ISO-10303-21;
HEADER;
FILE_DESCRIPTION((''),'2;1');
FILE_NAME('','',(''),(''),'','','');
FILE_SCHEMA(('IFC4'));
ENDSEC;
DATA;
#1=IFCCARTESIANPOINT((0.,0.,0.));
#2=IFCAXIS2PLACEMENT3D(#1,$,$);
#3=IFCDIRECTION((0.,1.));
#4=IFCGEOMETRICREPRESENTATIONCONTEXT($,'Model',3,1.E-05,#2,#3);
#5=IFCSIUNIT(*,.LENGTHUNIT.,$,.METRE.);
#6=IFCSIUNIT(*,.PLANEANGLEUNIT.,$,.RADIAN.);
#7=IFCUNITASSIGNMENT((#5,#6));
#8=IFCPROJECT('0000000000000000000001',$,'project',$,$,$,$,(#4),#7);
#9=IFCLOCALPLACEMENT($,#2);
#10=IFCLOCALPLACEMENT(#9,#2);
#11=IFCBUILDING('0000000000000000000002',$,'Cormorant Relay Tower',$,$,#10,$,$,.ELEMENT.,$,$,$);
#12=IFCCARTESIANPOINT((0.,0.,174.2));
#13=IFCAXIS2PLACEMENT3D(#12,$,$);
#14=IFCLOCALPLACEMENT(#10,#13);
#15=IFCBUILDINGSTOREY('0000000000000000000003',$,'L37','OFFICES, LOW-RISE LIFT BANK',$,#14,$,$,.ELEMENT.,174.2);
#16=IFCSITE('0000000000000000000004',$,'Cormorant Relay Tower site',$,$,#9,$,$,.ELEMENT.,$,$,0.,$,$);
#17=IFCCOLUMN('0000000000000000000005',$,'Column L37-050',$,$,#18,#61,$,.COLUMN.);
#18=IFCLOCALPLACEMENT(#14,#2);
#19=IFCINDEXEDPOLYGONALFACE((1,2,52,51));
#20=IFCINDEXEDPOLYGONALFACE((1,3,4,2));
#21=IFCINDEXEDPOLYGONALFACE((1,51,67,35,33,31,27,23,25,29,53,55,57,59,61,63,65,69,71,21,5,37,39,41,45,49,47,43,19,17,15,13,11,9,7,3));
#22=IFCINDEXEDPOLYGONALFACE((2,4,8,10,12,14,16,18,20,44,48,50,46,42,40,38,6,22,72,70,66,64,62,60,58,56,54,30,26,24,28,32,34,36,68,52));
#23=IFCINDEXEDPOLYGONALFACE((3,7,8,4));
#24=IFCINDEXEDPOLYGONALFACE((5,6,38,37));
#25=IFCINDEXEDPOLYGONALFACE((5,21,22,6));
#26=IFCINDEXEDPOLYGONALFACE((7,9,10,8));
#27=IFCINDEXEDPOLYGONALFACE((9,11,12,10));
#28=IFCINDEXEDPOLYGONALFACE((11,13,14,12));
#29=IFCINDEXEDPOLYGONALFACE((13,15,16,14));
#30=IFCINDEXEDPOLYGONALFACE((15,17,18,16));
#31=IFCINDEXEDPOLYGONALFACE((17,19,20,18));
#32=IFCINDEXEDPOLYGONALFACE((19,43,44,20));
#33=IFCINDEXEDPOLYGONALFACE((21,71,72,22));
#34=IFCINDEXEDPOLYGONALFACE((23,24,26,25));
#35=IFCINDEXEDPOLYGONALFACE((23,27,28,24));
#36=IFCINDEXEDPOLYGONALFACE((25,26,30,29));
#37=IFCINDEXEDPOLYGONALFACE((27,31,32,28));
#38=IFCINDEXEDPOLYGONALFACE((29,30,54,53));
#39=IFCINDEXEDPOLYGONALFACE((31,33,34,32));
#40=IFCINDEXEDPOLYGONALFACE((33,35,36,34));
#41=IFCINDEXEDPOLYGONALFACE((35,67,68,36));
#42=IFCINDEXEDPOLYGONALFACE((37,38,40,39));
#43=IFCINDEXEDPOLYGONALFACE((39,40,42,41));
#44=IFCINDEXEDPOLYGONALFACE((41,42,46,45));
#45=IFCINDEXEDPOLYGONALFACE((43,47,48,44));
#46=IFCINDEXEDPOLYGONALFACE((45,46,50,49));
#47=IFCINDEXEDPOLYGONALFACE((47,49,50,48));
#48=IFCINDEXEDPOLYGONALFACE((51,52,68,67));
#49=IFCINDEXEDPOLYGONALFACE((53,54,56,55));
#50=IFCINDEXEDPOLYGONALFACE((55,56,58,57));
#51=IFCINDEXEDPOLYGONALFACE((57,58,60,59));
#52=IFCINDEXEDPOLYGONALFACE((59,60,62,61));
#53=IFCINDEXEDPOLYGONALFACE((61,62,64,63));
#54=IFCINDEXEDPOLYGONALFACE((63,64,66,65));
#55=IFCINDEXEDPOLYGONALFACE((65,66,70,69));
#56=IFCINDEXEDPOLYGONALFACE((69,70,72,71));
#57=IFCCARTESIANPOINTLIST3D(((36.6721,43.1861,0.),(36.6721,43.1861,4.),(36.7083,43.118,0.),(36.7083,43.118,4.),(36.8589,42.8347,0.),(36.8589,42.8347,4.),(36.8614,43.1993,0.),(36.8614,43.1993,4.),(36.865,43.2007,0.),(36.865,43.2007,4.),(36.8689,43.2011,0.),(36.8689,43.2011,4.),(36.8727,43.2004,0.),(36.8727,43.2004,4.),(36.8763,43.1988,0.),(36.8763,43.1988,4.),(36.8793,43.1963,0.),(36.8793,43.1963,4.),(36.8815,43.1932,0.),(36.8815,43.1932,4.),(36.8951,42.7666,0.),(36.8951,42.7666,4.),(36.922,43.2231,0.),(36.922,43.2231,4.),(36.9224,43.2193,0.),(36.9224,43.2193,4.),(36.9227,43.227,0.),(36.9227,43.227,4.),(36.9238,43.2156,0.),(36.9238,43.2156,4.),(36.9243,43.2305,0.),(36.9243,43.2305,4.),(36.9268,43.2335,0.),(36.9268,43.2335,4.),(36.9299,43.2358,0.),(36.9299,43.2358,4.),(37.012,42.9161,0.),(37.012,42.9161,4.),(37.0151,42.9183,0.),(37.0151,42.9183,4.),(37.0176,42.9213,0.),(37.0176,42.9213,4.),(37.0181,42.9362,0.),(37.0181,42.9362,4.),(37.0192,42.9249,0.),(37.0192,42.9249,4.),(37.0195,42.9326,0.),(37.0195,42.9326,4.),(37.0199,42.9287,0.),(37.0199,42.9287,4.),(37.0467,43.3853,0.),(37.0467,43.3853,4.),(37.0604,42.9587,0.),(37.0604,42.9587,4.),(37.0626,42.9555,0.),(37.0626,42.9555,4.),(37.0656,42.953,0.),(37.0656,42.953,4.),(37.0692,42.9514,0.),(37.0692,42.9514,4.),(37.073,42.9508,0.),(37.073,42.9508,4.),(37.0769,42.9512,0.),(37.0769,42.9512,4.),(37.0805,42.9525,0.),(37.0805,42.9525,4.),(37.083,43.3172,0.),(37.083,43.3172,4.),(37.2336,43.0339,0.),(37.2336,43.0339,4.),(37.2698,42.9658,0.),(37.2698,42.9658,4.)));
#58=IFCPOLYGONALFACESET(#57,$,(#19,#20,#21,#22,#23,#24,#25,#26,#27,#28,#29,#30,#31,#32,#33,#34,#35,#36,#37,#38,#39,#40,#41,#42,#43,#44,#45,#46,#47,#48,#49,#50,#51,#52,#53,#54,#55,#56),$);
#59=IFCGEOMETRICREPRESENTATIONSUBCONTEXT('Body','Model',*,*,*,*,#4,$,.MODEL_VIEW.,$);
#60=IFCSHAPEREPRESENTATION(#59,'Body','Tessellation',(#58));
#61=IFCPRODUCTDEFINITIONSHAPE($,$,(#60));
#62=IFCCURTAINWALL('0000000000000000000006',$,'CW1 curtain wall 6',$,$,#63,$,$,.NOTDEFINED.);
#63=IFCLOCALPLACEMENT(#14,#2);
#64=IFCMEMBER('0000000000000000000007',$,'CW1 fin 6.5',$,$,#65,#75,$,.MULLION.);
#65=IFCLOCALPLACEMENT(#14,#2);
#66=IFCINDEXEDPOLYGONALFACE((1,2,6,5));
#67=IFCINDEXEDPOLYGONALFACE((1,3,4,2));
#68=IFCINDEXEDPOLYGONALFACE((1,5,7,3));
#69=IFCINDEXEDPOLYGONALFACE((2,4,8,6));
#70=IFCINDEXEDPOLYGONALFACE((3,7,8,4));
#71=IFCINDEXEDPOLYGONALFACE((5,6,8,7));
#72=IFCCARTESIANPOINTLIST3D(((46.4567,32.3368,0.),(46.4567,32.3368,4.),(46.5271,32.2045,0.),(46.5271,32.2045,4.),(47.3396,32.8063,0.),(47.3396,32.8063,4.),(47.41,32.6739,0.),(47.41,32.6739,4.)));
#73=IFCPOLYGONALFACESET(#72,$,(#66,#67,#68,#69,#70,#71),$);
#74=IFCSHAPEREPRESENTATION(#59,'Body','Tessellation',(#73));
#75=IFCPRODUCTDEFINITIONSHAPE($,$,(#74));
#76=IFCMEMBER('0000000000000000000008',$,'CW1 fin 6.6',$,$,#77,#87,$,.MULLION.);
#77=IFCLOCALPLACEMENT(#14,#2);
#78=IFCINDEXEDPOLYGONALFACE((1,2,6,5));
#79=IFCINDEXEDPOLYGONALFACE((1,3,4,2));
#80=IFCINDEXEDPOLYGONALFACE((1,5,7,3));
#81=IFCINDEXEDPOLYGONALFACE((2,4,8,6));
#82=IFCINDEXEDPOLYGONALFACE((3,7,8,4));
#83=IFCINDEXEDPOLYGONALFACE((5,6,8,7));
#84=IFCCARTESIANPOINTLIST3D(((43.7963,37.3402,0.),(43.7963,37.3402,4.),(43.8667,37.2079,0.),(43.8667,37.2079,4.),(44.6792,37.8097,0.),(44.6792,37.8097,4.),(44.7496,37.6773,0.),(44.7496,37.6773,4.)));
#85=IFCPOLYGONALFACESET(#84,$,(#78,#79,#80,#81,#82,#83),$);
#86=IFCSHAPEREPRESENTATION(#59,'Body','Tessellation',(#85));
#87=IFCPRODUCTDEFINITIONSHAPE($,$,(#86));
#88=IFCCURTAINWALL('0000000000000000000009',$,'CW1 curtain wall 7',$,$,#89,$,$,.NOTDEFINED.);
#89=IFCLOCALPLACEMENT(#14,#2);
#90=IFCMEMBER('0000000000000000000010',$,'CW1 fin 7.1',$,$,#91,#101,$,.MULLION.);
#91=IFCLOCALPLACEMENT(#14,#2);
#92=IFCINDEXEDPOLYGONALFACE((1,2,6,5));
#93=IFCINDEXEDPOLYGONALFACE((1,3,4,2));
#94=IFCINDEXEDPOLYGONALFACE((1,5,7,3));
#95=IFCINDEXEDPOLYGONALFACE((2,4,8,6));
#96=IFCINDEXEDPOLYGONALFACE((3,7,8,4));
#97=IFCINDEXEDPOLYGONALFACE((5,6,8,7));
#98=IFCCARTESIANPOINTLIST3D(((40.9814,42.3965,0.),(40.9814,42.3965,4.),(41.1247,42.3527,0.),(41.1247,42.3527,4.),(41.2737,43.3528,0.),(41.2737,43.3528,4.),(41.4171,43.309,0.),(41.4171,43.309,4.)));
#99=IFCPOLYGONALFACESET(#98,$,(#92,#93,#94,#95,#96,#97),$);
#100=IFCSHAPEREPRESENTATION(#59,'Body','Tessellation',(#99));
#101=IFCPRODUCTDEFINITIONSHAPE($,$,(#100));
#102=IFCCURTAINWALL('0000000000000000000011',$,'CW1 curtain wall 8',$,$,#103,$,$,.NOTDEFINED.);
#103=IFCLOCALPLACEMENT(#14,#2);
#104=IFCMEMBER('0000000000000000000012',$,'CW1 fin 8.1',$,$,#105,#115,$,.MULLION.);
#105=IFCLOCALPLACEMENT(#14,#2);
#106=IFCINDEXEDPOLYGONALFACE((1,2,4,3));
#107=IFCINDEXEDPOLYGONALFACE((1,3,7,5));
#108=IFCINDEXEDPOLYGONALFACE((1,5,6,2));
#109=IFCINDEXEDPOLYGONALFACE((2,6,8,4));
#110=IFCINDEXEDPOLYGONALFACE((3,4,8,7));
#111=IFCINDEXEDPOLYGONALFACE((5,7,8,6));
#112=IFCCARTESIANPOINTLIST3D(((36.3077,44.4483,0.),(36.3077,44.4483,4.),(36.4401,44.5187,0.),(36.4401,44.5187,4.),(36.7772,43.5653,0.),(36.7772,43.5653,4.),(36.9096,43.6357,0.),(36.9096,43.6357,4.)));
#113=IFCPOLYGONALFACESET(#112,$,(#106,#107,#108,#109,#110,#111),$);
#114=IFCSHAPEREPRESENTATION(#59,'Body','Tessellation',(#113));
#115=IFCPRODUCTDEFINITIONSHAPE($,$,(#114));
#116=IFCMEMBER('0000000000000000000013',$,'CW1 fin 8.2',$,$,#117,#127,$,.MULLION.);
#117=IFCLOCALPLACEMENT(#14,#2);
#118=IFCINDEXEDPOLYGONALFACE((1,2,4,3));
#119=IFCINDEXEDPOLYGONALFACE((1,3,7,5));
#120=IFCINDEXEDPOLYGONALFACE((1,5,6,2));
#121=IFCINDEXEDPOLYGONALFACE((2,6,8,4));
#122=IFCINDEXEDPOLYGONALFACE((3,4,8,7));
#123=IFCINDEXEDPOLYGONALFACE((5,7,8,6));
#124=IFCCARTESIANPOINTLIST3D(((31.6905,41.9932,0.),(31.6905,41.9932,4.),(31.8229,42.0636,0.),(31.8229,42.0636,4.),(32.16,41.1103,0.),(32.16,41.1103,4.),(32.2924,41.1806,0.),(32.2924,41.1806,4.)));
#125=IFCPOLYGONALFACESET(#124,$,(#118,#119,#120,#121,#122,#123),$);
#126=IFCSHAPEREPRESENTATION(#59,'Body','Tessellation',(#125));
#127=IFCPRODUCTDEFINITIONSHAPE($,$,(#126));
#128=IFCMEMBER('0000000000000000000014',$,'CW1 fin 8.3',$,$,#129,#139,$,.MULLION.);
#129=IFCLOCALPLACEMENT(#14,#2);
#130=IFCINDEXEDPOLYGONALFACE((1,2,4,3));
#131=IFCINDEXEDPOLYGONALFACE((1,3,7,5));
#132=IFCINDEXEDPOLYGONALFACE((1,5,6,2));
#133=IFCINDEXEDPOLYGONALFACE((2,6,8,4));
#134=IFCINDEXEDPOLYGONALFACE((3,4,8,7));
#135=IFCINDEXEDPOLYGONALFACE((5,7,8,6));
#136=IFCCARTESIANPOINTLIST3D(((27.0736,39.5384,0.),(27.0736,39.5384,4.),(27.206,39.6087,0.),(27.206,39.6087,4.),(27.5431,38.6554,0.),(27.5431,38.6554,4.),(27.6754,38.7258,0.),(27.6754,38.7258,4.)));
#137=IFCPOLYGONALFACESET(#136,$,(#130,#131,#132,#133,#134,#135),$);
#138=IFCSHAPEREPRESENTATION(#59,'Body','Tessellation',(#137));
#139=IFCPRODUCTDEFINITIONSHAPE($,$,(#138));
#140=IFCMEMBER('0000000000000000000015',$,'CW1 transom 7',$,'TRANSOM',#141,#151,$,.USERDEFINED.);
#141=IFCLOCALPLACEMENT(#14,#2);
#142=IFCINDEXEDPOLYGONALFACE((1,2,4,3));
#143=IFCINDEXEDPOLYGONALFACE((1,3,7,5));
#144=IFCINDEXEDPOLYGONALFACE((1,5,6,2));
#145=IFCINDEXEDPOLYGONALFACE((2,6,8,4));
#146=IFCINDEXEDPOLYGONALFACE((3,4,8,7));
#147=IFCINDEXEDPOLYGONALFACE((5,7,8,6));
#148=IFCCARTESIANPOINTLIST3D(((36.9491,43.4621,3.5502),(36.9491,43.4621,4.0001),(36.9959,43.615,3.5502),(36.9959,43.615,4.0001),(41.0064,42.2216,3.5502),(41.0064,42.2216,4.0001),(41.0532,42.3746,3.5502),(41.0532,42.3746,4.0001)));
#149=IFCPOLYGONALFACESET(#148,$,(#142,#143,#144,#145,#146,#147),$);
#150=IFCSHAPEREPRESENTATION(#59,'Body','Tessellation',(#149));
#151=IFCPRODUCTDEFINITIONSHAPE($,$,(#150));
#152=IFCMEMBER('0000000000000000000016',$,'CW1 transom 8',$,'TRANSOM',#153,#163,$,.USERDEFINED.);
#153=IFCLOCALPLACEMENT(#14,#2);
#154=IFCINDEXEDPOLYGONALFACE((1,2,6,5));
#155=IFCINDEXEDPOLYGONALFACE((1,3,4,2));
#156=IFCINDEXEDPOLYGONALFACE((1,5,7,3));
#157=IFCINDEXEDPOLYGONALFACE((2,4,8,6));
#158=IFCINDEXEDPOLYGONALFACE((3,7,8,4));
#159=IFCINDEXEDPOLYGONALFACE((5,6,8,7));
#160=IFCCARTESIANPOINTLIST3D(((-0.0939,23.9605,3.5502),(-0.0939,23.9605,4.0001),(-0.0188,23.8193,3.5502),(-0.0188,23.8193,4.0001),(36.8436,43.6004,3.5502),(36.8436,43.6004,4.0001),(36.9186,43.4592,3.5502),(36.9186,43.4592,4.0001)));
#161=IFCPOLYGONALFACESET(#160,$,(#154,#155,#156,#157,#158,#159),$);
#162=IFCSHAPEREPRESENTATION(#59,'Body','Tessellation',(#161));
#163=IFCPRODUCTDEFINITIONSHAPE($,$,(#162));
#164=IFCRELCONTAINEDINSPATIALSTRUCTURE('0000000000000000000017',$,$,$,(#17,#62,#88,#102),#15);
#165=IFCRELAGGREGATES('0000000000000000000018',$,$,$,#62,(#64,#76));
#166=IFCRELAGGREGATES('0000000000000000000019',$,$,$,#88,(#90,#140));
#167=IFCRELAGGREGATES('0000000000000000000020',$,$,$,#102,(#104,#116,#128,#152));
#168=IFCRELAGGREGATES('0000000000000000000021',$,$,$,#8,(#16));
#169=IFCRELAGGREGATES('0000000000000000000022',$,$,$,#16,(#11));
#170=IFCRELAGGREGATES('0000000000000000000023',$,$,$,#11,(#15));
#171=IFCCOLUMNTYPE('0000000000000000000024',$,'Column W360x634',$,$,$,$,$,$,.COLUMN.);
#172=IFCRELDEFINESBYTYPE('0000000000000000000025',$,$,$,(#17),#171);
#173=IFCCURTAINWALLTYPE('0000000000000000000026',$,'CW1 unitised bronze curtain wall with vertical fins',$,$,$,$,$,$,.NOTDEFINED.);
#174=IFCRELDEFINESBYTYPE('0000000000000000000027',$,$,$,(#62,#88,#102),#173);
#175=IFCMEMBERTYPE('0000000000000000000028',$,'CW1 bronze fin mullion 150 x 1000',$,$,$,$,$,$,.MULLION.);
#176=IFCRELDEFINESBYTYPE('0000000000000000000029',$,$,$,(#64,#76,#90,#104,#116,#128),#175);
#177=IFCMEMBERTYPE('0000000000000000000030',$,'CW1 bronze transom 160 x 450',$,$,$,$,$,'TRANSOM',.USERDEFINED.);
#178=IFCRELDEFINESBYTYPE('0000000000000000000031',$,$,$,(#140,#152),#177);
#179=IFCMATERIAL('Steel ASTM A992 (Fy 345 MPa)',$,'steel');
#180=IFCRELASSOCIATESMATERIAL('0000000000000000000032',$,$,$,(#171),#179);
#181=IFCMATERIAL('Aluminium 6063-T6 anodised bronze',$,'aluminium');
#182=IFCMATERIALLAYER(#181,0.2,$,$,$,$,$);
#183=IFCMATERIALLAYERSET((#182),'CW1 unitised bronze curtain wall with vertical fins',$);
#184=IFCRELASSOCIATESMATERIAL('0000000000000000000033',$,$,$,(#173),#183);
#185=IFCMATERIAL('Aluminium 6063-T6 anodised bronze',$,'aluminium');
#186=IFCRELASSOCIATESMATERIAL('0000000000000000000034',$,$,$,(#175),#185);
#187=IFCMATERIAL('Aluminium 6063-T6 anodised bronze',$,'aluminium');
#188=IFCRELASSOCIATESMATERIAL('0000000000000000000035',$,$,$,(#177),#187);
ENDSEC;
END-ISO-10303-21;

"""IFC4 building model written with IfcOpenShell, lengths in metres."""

from ifc_helpers import new_model, si_unit, direction, frame, origin, origin_2d, place, context, subcontext, project, spatial, rectangle, i_section, extrude, material, layer, layer_set, material_profile, profile_set, type_object, element, aggregate, save


model = new_model("IFC4")

# Units and contexts
model_context = context("Model", 3, precision=1e-05, world=origin(), true_north=direction((0.0, 1.0)))
body_context = subcontext(model_context, "Body", "Model", "MODEL_VIEW")
ifc_project = project(units=[si_unit("LENGTHUNIT", "METRE"), si_unit("PLANEANGLEUNIT", "RADIAN")], contexts=[model_context])

# Site, building, storey
site_placement = place(None, origin())
site = spatial("IfcSite", under=ifc_project, at=site_placement, Name="Cormorant Relay Tower site", CompositionType="ELEMENT", RefElevation=0.0)
building_placement = place(site_placement, origin())
building = spatial("IfcBuilding", under=site, at=building_placement, Name="Cormorant Relay Tower", CompositionType="ELEMENT")
storey_placement = place(building_placement, frame((0.0, 0.0, 174.2)))
storey = spatial("IfcBuildingStorey", under=building, at=storey_placement, Name="L37", Description="OFFICES, LOW-RISE LIFT BANK", CompositionType="ELEMENT", Elevation=174.2)

# Column
ifc_material_1 = material(Name="Steel ASTM A992 (Fy 345 MPa)", Category="steel")
ifc_material_profile_1 = material_profile(ifc_material_1, i_section(OverallWidth=0.4243, OverallDepth=0.4751, WebThickness=0.0479, FlangeThickness=0.0771, FilletRadius=0.0149, at=origin_2d()), Name="W360x634")
ifc_profile_set_1 = profile_set([ifc_material_profile_1], Name="Steel ASTM A992 (Fy 345 MPa)")
column_type_1 = type_object("IfcColumnType", Name="Column W360x634", PredefinedType="COLUMN", material=ifc_profile_set_1)
for number, where, z_axis, x_axis, name in (
    (1, (36.9709, 43.0759, 0.0), (0.0, 0.0, 1.0), (-0.882948, -0.469472, 0.0), "Column L37-050"),
):
    element("IfcColumn", number, at=place(storey_placement, frame(where, z_axis=z_axis, x_axis=x_axis)), inside=storey, type_object=column_type_1, Name=name, PredefinedType="COLUMN", context=body_context, shape_type="SweptSolid", body=[
        extrude(i_section(OverallWidth=0.4243, OverallDepth=0.4751, WebThickness=0.0479, FlangeThickness=0.0771, FilletRadius=0.0149, at=origin_2d()), origin(), (0.0, 0.0, 1.0), 4.0),
    ])

# Curtain wall, members
ifc_material_2 = material(Name="Aluminium 6063-T6 anodised bronze", Category="aluminium")
ifc_layer_1 = layer(ifc_material_2, 0.2)
ifc_layer_set_1 = layer_set([ifc_layer_1], Name="CW1 unitised bronze curtain wall with vertical fins")
curtain_wall_type = type_object("IfcCurtainWallType", Name="CW1 unitised bronze curtain wall with vertical fins", PredefinedType="NOTDEFINED", material=ifc_layer_set_1)
curtain_wall_1_placement = place(storey_placement, origin())
curtain_wall_1 = element("IfcCurtainWall", 2, at=curtain_wall_1_placement, inside=storey, type_object=curtain_wall_type, Name="CW1 curtain wall 6", PredefinedType="NOTDEFINED")
ifc_material_3 = material(Name="Aluminium 6063-T6 anodised bronze", Category="aluminium")
ifc_material_profile_2 = material_profile(ifc_material_3, rectangle(XDim=0.1499, YDim=1.0, at=origin_2d()), Name="AL 150x1000")
ifc_profile_set_2 = profile_set([ifc_material_profile_2], Name="Aluminium 6063-T6 anodised bronze")
member_type_1 = type_object("IfcMemberType", Name="CW1 bronze fin mullion 150 x 1000", PredefinedType="MULLION", material=ifc_profile_set_2)
member_1_placement = place(storey_placement, frame((46.9333, 32.5054, 0.0), z_axis=(0.0, 0.0, 1.0), x_axis=(-0.469472, 0.882948, 0.0)))
member_1 = element("IfcMember", 3, at=member_1_placement, type_object=member_type_1, Name="CW1 fin 6.5", PredefinedType="MULLION", context=body_context, shape_type="SweptSolid", body=[
    extrude(rectangle(XDim=0.1499, YDim=1.0, at=origin_2d()), origin(), (0.0, 0.0, 1.0), 4.0),
])
member_2_placement = place(storey_placement, frame((44.2729, 37.5088, 0.0), z_axis=(0.0, 0.0, 1.0), x_axis=(-0.469472, 0.882948, 0.0)))
member_2 = element("IfcMember", 4, at=member_2_placement, type_object=member_type_1, Name="CW1 fin 6.6", PredefinedType="MULLION", context=body_context, shape_type="SweptSolid", body=[
    extrude(rectangle(XDim=0.1499, YDim=1.0, at=origin_2d()), origin(), (0.0, 0.0, 1.0), 4.0),
])

# Curtain wall, member
curtain_wall_2_placement = place(storey_placement, origin())
curtain_wall_2 = element("IfcCurtainWall", 5, at=curtain_wall_2_placement, inside=storey, type_object=curtain_wall_type, Name="CW1 curtain wall 7", PredefinedType="NOTDEFINED")
member_3_placement = place(storey_placement, frame((41.1992, 42.8528, 0.0), z_axis=(0.0, 0.0, 1.0), x_axis=(-0.956305, 0.292372, 0.0)))
member_3 = element("IfcMember", 6, at=member_3_placement, type_object=member_type_1, Name="CW1 fin 7.1", PredefinedType="MULLION", context=body_context, shape_type="SweptSolid", body=[
    extrude(rectangle(XDim=0.1499, YDim=1.0, at=origin_2d()), origin(), (0.0, 0.0, 1.0), 4.0),
])

# Curtain wall, members
curtain_wall_3_placement = place(storey_placement, origin())
curtain_wall_3 = element("IfcCurtainWall", 7, at=curtain_wall_3_placement, inside=storey, type_object=curtain_wall_type, Name="CW1 curtain wall 8", PredefinedType="NOTDEFINED")
member_4_placement = place(storey_placement, frame((36.6086, 44.042, 0.0), z_axis=(0.0, 0.0, 1.0), x_axis=(-0.882948, -0.469472, 0.0)))
member_4 = element("IfcMember", 8, at=member_4_placement, type_object=member_type_1, Name="CW1 fin 8.1", PredefinedType="MULLION", context=body_context, shape_type="SweptSolid", body=[
    extrude(rectangle(XDim=0.1499, YDim=1.0, at=origin_2d()), origin(), (0.0, 0.0, 1.0), 4.0),
])
member_5_placement = place(storey_placement, frame((31.9915, 41.5869, 0.0), z_axis=(0.0, 0.0, 1.0), x_axis=(-0.882948, -0.469472, 0.0)))
member_5 = element("IfcMember", 9, at=member_5_placement, type_object=member_type_1, Name="CW1 fin 8.2", PredefinedType="MULLION", context=body_context, shape_type="SweptSolid", body=[
    extrude(rectangle(XDim=0.1499, YDim=1.0, at=origin_2d()), origin(), (0.0, 0.0, 1.0), 4.0),
])
member_6_placement = place(storey_placement, frame((27.3745, 39.1321, 0.0), z_axis=(0.0, 0.0, 1.0), x_axis=(-0.882948, -0.469472, 0.0)))
member_6 = element("IfcMember", 10, at=member_6_placement, type_object=member_type_1, Name="CW1 fin 8.3", PredefinedType="MULLION", context=body_context, shape_type="SweptSolid", body=[
    extrude(rectangle(XDim=0.1499, YDim=1.0, at=origin_2d()), origin(), (0.0, 0.0, 1.0), 4.0),
])

# Members
ifc_material_4 = material(Name="Aluminium 6063-T6 anodised bronze", Category="aluminium")
ifc_material_profile_3 = material_profile(ifc_material_4, rectangle(XDim=0.1599, YDim=0.45, at=origin_2d()), Name="AL 160x450")
ifc_profile_set_3 = profile_set([ifc_material_profile_3], Name="Aluminium 6063-T6 anodised bronze")
member_type_2 = type_object("IfcMemberType", Name="CW1 bronze transom 160 x 450", ElementType="TRANSOM", PredefinedType="USERDEFINED", material=ifc_profile_set_3)
member_7_placement = place(storey_placement, frame((41.0298, 42.2981, 3.7751), z_axis=(-0.956304, 0.292375, 0.0), x_axis=(-0.292375, -0.956304, 0.0)))
member_7 = element("IfcMember", 11, at=member_7_placement, type_object=member_type_2, Name="CW1 transom 7", ObjectType="TRANSOM", PredefinedType="USERDEFINED", context=body_context, shape_type="SweptSolid", body=[
    extrude(rectangle(XDim=0.1599, YDim=0.45, at=origin_2d()), origin(), (0.0, 0.0, 1.0), 4.2427),
])
member_8_placement = place(storey_placement, frame((36.8811, 43.5298, 3.7751), z_axis=(-0.882949, -0.469469, 0.0), x_axis=(0.469469, -0.882949, 0.0)))
member_8 = element("IfcMember", 12, at=member_8_placement, type_object=member_type_2, Name="CW1 transom 8", ObjectType="TRANSOM", PredefinedType="USERDEFINED", context=body_context, shape_type="SweptSolid", body=[
    extrude(rectangle(XDim=0.1599, YDim=0.45, at=origin_2d()), origin(), (0.0, 0.0, 1.0), 41.8342),
])

aggregate(curtain_wall_1, [member_1, member_2])
aggregate(curtain_wall_2, [member_3, member_7])
aggregate(curtain_wall_3, [member_4, member_5, member_6, member_8])

save(model, "model.ifc")
